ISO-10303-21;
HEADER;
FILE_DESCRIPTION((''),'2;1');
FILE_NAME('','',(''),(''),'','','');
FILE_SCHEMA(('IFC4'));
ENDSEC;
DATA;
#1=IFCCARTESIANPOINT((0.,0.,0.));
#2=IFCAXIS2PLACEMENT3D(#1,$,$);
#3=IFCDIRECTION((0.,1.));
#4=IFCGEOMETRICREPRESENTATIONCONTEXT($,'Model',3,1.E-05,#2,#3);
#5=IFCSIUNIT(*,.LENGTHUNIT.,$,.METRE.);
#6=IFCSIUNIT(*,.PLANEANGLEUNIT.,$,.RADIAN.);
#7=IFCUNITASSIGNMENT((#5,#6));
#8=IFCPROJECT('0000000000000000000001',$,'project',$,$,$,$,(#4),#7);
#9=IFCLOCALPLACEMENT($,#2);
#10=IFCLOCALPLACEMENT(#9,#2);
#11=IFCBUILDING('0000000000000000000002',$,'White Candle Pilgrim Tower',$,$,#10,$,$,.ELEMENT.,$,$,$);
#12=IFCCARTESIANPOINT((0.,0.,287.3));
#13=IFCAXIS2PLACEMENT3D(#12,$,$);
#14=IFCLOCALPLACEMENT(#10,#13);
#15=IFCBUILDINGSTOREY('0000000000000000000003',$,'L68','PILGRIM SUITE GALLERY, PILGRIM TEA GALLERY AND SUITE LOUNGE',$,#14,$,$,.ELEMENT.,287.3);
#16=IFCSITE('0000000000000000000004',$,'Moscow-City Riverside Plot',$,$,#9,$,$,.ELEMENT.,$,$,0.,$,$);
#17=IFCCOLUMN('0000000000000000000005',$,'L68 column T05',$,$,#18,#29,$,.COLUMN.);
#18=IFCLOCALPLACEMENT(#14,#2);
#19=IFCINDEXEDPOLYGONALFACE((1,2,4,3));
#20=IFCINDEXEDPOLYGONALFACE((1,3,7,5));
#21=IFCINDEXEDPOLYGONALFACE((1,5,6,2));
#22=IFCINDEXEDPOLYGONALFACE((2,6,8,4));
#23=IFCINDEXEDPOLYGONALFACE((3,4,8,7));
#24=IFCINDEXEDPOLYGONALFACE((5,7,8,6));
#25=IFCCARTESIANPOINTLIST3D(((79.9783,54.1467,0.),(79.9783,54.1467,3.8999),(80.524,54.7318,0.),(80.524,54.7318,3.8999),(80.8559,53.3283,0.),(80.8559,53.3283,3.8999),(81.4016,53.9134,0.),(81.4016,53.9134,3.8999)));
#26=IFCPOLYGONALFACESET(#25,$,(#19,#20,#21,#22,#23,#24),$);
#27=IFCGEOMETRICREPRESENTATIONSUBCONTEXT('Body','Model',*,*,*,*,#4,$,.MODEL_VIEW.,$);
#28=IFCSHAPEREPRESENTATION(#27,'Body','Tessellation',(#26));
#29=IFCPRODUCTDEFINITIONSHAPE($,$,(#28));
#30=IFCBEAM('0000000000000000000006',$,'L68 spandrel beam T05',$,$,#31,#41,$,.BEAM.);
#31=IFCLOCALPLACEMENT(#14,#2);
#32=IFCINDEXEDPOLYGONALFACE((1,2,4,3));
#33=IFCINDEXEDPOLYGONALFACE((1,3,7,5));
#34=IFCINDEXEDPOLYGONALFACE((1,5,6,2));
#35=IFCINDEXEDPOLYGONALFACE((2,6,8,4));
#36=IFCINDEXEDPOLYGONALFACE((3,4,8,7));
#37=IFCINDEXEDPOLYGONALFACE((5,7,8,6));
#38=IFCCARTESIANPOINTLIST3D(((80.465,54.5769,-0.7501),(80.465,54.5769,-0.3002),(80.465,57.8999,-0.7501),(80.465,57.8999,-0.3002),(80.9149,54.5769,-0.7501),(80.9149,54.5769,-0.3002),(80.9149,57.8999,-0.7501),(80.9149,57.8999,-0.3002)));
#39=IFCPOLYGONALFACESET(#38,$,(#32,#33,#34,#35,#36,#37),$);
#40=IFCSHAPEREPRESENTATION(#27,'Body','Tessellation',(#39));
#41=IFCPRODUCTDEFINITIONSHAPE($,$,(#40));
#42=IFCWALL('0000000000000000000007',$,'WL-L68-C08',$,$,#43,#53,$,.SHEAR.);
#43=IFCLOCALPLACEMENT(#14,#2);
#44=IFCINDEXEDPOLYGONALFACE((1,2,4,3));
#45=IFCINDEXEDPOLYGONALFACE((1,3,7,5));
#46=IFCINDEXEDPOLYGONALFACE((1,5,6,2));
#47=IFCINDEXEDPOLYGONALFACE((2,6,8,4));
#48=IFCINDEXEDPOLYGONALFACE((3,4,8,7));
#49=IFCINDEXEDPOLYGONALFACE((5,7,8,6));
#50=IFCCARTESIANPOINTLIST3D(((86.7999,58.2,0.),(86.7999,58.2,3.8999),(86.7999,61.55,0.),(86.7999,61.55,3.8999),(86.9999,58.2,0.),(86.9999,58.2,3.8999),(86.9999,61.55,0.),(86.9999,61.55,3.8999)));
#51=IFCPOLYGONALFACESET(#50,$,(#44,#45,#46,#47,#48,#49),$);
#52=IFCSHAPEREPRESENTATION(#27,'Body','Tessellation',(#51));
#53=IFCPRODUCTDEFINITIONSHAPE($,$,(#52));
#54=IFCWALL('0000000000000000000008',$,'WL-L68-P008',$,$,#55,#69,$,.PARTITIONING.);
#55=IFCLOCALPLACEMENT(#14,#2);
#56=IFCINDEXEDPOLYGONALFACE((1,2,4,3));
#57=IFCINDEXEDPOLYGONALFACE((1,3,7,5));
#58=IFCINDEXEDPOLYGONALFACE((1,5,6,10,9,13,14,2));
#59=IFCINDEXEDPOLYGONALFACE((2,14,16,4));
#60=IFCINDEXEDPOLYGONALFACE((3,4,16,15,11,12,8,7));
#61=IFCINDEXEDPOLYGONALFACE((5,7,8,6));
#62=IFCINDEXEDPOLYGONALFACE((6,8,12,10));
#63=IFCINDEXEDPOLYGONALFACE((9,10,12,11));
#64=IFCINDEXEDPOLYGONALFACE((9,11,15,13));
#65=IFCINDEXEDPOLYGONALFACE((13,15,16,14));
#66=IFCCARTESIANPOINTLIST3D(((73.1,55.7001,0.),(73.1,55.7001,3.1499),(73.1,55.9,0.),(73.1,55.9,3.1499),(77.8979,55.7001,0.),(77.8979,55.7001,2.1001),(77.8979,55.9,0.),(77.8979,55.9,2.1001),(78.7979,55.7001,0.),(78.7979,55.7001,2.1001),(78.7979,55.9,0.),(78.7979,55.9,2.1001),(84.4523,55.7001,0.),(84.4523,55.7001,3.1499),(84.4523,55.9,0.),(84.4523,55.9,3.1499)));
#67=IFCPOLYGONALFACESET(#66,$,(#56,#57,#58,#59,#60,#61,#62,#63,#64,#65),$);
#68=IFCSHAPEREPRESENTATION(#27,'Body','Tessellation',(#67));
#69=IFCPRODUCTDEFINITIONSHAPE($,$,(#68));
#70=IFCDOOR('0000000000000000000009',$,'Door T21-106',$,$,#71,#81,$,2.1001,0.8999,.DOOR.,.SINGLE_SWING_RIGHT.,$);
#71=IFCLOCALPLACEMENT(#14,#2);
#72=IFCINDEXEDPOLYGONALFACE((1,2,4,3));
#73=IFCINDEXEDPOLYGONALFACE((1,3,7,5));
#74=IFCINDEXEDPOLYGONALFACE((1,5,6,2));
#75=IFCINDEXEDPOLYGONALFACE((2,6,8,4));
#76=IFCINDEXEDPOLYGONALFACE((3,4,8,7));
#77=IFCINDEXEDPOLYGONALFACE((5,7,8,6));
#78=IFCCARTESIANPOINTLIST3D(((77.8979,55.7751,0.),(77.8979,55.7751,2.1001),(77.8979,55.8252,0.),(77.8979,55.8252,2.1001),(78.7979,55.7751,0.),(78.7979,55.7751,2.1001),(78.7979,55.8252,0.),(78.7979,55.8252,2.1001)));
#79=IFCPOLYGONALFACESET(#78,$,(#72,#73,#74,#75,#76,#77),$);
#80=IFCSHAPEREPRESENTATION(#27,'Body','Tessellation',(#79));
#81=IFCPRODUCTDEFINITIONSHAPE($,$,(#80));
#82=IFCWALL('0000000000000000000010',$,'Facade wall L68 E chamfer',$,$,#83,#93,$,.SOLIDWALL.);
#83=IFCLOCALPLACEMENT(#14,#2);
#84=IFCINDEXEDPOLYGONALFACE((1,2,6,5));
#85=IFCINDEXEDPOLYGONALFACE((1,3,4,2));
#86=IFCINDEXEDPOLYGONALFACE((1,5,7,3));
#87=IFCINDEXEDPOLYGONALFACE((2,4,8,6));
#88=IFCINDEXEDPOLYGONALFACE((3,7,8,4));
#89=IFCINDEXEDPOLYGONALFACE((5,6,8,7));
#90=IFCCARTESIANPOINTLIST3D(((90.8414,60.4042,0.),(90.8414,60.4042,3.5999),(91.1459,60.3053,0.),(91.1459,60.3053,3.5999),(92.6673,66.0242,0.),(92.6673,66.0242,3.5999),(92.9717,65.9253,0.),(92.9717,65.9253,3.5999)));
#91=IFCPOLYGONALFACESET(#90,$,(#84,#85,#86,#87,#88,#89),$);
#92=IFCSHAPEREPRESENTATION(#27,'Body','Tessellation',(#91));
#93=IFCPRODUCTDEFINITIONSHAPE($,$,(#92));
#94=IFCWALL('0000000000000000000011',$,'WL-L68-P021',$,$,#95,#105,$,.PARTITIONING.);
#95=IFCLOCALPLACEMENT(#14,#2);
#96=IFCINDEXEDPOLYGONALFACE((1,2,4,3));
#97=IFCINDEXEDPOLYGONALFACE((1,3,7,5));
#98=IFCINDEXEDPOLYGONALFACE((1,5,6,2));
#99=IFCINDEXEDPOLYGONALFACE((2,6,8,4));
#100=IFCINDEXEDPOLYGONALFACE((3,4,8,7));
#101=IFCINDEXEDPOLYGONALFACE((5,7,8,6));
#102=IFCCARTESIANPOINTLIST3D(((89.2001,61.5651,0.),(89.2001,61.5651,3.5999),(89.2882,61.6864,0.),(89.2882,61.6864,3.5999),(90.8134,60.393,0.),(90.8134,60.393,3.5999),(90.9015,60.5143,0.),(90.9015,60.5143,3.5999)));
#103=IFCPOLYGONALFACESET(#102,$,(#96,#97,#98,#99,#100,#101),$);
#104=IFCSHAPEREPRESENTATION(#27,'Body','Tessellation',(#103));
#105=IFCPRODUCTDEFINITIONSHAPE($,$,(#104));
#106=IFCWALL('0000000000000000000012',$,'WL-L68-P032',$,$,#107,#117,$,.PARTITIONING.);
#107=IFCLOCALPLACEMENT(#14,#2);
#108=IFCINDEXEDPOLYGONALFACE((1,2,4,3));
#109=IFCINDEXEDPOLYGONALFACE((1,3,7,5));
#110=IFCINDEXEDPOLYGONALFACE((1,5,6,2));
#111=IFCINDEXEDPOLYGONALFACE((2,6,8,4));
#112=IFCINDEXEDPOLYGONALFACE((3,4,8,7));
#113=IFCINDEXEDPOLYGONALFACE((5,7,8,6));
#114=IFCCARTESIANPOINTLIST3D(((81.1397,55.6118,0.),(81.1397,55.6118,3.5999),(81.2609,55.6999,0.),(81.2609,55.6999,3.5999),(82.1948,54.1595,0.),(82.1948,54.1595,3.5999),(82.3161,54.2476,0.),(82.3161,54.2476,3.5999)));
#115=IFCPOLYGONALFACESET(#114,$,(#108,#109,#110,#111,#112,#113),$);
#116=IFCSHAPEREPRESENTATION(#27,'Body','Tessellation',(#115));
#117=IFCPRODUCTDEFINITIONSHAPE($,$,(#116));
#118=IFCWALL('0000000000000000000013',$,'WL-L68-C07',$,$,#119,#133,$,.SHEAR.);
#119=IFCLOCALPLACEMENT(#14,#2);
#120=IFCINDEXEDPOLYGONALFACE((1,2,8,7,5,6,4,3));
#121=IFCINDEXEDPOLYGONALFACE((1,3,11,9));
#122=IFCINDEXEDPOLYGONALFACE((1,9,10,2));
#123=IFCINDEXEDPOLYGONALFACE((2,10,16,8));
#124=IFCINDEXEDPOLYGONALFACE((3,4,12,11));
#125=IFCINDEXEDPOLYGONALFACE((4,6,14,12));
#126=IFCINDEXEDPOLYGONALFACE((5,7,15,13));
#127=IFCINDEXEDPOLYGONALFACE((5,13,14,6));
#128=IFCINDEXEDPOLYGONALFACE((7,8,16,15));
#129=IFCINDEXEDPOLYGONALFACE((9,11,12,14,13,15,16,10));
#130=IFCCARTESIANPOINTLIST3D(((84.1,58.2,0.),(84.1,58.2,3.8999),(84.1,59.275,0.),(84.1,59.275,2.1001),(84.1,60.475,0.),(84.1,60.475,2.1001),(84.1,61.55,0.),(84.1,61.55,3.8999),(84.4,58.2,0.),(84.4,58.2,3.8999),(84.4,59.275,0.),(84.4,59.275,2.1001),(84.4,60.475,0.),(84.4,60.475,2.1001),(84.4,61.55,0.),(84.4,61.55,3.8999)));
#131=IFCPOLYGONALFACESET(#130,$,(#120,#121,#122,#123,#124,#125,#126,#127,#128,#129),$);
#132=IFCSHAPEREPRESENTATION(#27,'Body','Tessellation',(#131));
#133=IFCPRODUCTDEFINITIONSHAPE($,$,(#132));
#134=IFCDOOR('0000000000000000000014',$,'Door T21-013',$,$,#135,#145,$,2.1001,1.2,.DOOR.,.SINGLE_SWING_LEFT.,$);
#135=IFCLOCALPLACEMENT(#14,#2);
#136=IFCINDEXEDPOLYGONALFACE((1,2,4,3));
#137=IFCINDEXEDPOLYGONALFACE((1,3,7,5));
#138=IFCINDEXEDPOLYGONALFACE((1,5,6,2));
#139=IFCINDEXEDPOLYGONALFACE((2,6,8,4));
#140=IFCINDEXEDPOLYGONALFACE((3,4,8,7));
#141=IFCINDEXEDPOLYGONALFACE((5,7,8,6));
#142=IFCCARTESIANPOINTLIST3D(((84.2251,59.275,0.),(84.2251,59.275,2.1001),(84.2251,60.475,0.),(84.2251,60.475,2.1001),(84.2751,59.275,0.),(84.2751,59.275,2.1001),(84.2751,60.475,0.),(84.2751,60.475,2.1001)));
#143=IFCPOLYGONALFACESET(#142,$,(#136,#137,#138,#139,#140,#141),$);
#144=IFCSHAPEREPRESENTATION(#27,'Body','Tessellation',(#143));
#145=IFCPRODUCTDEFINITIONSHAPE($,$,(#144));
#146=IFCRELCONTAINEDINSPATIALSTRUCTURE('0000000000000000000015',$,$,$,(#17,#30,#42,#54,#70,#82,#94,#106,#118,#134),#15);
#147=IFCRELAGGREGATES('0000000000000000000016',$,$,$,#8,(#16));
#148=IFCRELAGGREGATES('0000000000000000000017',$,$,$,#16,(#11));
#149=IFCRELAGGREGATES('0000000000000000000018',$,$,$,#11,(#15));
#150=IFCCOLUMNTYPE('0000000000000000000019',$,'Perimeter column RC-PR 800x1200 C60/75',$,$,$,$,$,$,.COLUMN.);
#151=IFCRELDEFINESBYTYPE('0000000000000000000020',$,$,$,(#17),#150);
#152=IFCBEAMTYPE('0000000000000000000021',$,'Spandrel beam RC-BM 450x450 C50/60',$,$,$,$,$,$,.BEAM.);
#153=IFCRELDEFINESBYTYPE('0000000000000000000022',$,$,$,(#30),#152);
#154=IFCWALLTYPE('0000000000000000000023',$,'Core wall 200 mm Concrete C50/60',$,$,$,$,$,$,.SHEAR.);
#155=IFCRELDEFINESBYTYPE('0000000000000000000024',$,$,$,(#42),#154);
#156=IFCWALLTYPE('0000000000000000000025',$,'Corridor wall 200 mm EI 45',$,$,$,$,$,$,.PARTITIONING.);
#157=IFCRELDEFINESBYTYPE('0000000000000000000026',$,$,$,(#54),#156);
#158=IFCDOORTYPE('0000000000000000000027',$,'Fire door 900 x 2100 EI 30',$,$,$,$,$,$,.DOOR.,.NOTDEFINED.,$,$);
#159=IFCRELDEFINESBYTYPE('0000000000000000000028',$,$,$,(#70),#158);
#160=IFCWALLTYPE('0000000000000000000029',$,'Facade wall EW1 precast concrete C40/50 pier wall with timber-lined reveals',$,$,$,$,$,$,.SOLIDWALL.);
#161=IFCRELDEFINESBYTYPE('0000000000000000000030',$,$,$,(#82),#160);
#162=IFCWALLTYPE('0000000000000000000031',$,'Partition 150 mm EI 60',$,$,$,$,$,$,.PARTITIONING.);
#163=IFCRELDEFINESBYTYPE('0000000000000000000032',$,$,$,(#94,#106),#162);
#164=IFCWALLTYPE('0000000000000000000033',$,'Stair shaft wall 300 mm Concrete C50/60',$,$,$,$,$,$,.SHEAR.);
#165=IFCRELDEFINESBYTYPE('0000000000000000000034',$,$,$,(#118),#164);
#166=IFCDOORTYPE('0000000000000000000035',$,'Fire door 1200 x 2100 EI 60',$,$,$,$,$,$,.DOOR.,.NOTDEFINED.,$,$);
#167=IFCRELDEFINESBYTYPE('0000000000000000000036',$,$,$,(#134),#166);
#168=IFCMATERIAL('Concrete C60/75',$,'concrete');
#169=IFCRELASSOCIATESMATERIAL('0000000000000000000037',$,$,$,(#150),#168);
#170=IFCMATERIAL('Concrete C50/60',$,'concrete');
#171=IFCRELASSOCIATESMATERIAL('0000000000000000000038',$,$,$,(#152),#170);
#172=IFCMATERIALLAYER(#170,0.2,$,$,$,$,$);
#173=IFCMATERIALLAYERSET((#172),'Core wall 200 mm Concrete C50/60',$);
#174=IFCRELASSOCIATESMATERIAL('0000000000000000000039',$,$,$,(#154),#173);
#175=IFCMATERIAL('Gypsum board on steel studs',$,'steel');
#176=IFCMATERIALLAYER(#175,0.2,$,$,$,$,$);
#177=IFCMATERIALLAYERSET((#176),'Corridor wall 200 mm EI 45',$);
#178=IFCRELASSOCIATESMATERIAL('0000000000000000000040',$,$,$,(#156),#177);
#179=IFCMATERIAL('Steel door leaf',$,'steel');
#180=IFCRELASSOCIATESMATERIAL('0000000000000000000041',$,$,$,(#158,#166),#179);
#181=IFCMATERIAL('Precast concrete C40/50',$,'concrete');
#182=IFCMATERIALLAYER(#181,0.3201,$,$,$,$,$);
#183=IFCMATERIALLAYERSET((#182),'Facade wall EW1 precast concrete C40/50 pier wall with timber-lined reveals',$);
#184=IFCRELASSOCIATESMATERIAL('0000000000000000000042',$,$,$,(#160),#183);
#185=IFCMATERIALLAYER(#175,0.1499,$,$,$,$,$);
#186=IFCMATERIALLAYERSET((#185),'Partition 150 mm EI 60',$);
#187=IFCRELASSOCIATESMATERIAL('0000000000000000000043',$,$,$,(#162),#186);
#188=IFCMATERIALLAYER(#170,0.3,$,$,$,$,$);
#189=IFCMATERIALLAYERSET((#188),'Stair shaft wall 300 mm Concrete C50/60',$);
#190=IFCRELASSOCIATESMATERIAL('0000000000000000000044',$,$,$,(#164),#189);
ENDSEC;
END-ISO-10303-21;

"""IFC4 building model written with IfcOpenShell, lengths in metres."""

from ifc_helpers import new_model, si_unit, direction, frame, frame_2d, origin, origin_2d, place, context, subcontext, project, spatial, rectangle, extrude, material, layer, layer_set, material_profile, profile_set, type_object, element, fill, save


model = new_model("IFC4")

# Units and contexts
model_context = context("Model", 3, precision=1e-05, world=origin(), true_north=direction((0.0, 1.0)))
body_context = subcontext(model_context, "Body", "Model", "MODEL_VIEW")
ifc_project = project(units=[si_unit("LENGTHUNIT", "METRE"), si_unit("PLANEANGLEUNIT", "RADIAN")], contexts=[model_context])

# Site, building, storey
site_placement = place(None, origin())
site = spatial("IfcSite", under=ifc_project, at=site_placement, Name="Moscow-City Riverside Plot", CompositionType="ELEMENT", RefElevation=0.0)
building_placement = place(site_placement, origin())
building = spatial("IfcBuilding", under=site, at=building_placement, Name="White Candle Pilgrim Tower", CompositionType="ELEMENT")
storey_placement = place(building_placement, frame((0.0, 0.0, 287.3)))
storey = spatial("IfcBuildingStorey", under=building, at=storey_placement, Name="L68", Description="PILGRIM SUITE GALLERY, PILGRIM TEA GALLERY AND SUITE LOUNGE", CompositionType="ELEMENT", Elevation=287.3)

# Column
ifc_material_1 = material(Name="Concrete C60/75", Category="concrete")
ifc_material_profile_1 = material_profile(ifc_material_1, rectangle(XDim=0.8, YDim=1.2, at=origin_2d()), Name="RC-PR 800x1200")
ifc_profile_set_1 = profile_set([ifc_material_profile_1], Name="Concrete C60/75")
column_type = type_object("IfcColumnType", Name="Perimeter column RC-PR 800x1200 C60/75", PredefinedType="COLUMN", material=ifc_profile_set_1)
column_placement = place(storey_placement, frame((80.6899, 54.03, 0.0), z_axis=(0.0, 0.0, 1.0), x_axis=(-0.681998, -0.731354, 0.0)))
element("IfcColumn", 1, at=column_placement, inside=storey, type_object=column_type, Name="L68 column T05", PredefinedType="COLUMN", context=body_context, shape_type="SweptSolid", body=[
    extrude(rectangle(XDim=0.8, YDim=1.2, at=origin_2d()), origin(), (0.0, 0.0, 1.0), 3.8999),
])

# Beam
ifc_material_2 = material(Name="Concrete C50/60", Category="concrete")
ifc_material_profile_2 = material_profile(ifc_material_2, rectangle(XDim=0.45, YDim=0.45, at=origin_2d()), Name="RC-BM 450x450")
ifc_profile_set_2 = profile_set([ifc_material_profile_2], Name="Concrete C50/60")
beam_type = type_object("IfcBeamType", Name="Spandrel beam RC-BM 450x450 C50/60", PredefinedType="BEAM", material=ifc_profile_set_2)
beam_placement = place(storey_placement, frame((80.6899, 54.5769, -0.5251), z_axis=(0.0, 1.0, 0.0), x_axis=(-1.0, 0.0, 0.0)))
element("IfcBeam", 2, at=beam_placement, inside=storey, type_object=beam_type, Name="L68 spandrel beam T05", PredefinedType="BEAM", context=body_context, shape_type="SweptSolid", body=[
    extrude(rectangle(XDim=0.45, YDim=0.45, at=origin_2d()), origin(), (0.0, 0.0, 1.0), 3.323),
])

# Wall
ifc_layer_1 = layer(ifc_material_2, 0.2)
ifc_layer_set_1 = layer_set([ifc_layer_1], Name="Core wall 200 mm Concrete C50/60")
wall_type_1 = type_object("IfcWallType", Name="Core wall 200 mm Concrete C50/60", PredefinedType="SHEAR", material=ifc_layer_set_1)
wall_1_placement = place(storey_placement, frame((86.8999, 58.2, 0.0), z_axis=(0.0, 0.0, 1.0), x_axis=(0.0, 1.0, 0.0)))
element("IfcWall", 3, at=wall_1_placement, inside=storey, type_object=wall_type_1, Name="WL-L68-C08", PredefinedType="SHEAR", context=body_context, shape_type="SweptSolid", body=[
    extrude(rectangle(XDim=3.3501, YDim=0.2, at=frame_2d((1.675, 0.0))), origin(), (0.0, 0.0, 1.0), 3.8999),
])

# Wall, opening, door
ifc_material_3 = material(Name="Gypsum board on steel studs", Category="steel")
ifc_layer_2 = layer(ifc_material_3, 0.2)
ifc_layer_set_2 = layer_set([ifc_layer_2], Name="Corridor wall 200 mm EI 45")
wall_type_2 = type_object("IfcWallType", Name="Corridor wall 200 mm EI 45", PredefinedType="PARTITIONING", material=ifc_layer_set_2)
wall_2_placement = place(storey_placement, frame((84.4524, 55.8, 0.0), z_axis=(0.0, 0.0, 1.0), x_axis=(-1.0, 0.0, 0.0)))
wall_2 = element("IfcWall", 4, at=wall_2_placement, inside=storey, type_object=wall_type_2, Name="WL-L68-P008", PredefinedType="PARTITIONING", context=body_context, shape_type="SweptSolid", body=[
    extrude(rectangle(XDim=11.3523, YDim=0.2, at=frame_2d((5.6763, 0.0))), origin(), (0.0, 0.0, 1.0), 3.1499),
])
opening_1_placement = place(wall_2_placement, frame((5.6545, 0.0, 0.0)))
opening_1 = element("IfcOpeningElement", 5, at=opening_1_placement, cuts=wall_2, PredefinedType="OPENING", context=body_context, shape_type="SweptSolid", body=[
    extrude(rectangle(XDim=0.8999, YDim=2.1001, at=frame_2d((0.45, 1.05))), frame((0.0, 0.1099, 0.0), z_axis=(0.0, -1.0, 0.0), x_axis=(1.0, 0.0, 0.0)), (0.0, 0.0, 1.0), 0.22),
])
ifc_material_4 = material(Name="Steel door leaf", Category="steel")
door_type_1 = type_object("IfcDoorType", Name="Fire door 900 x 2100 EI 30", OperationType="NOTDEFINED", PredefinedType="DOOR", material=ifc_material_4)
door_1_placement = place(opening_1_placement, origin())
door_1 = element("IfcDoor", 6, at=door_1_placement, inside=storey, type_object=door_type_1, Name="Door T21-106", OperationType="SINGLE_SWING_RIGHT", OverallHeight=2.1001, OverallWidth=0.8999, PredefinedType="DOOR", context=body_context, shape_type="SweptSolid", body=[
    extrude(rectangle(XDim=0.8999, YDim=2.1001, at=frame_2d((0.45, 1.05))), frame((0.0, 0.0249, 0.0), z_axis=(0.0, -1.0, 0.0), x_axis=(1.0, 0.0, 0.0)), (0.0, 0.0, 1.0), 0.05),
])
fill(opening_1, door_1)

# Walls
ifc_material_5 = material(Name="Precast concrete C40/50", Category="concrete")
ifc_layer_3 = layer(ifc_material_5, 0.3201)
ifc_layer_set_3 = layer_set([ifc_layer_3], Name="Facade wall EW1 precast concrete C40/50 pier wall with timber-lined reveals")
wall_type_3 = type_object("IfcWallType", Name="Facade wall EW1 precast concrete C40/50 pier wall with timber-lined reveals", PredefinedType="SOLIDWALL", material=ifc_layer_set_3)
wall_3_placement = place(storey_placement, frame((90.9937, 60.3547, 0.0), z_axis=(0.0, 0.0, 1.0), x_axis=(0.308993, 0.951064, 0.0)))
element("IfcWall", 7, at=wall_3_placement, inside=storey, type_object=wall_type_3, Name="Facade wall L68 E chamfer", PredefinedType="SOLIDWALL", context=body_context, shape_type="SweptSolid", body=[
    extrude(rectangle(XDim=5.9092, YDim=0.3201, at=frame_2d((2.9546, 0.0))), origin(), (0.0, 0.0, 1.0), 3.5999),
])
ifc_layer_4 = layer(ifc_material_3, 0.1499)
ifc_layer_set_4 = layer_set([ifc_layer_4], Name="Partition 150 mm EI 60")
wall_type_4 = type_object("IfcWallType", Name="Partition 150 mm EI 60", PredefinedType="PARTITIONING", material=ifc_layer_set_4)
wall_4_placement = place(storey_placement, frame((90.8574, 60.4536, 0.0), z_axis=(0.0, 0.0, 1.0), x_axis=(-0.809017, 0.587786, 0.0)))
element("IfcWall", 8, at=wall_4_placement, inside=storey, type_object=wall_type_4, Name="WL-L68-P021", PredefinedType="PARTITIONING", context=body_context, shape_type="SweptSolid", body=[
    extrude(rectangle(XDim=1.9941, YDim=0.1499, at=frame_2d((0.9971, 0.0))), origin(), (0.0, 0.0, 1.0), 3.5999),
])
wall_5_placement = place(storey_placement, frame((82.2554, 54.2036, 0.0), z_axis=(0.0, 0.0, 1.0), x_axis=(-0.587767, 0.80903, 0.0)))
element("IfcWall", 9, at=wall_5_placement, inside=storey, type_object=wall_type_4, Name="WL-L68-P032", PredefinedType="PARTITIONING", context=body_context, shape_type="SweptSolid", body=[
    extrude(rectangle(XDim=1.7952, YDim=0.1499, at=frame_2d((0.8975, 0.0))), origin(), (0.0, 0.0, 1.0), 3.5999),
])

# Wall, opening, door
ifc_layer_5 = layer(ifc_material_2, 0.3)
ifc_layer_set_5 = layer_set([ifc_layer_5], Name="Stair shaft wall 300 mm Concrete C50/60")
wall_type_5 = type_object("IfcWallType", Name="Stair shaft wall 300 mm Concrete C50/60", PredefinedType="SHEAR", material=ifc_layer_set_5)
wall_6_placement = place(storey_placement, frame((84.25, 58.2, 0.0), z_axis=(0.0, 0.0, 1.0), x_axis=(0.0, 1.0, 0.0)))
wall_6 = element("IfcWall", 10, at=wall_6_placement, inside=storey, type_object=wall_type_5, Name="WL-L68-C07", PredefinedType="SHEAR", context=body_context, shape_type="SweptSolid", body=[
    extrude(rectangle(XDim=3.3501, YDim=0.3, at=frame_2d((1.675, 0.0))), origin(), (0.0, 0.0, 1.0), 3.8999),
])
opening_2_placement = place(wall_6_placement, frame((1.075, 0.0, 0.0)))
opening_2 = element("IfcOpeningElement", 11, at=opening_2_placement, cuts=wall_6, PredefinedType="OPENING", context=body_context, shape_type="SweptSolid", body=[
    extrude(rectangle(XDim=1.2, YDim=2.1001, at=frame_2d((0.6001, 1.05))), frame((0.0, 0.1599, 0.0), z_axis=(0.0, -1.0, 0.0), x_axis=(1.0, 0.0, 0.0)), (0.0, 0.0, 1.0), 0.3201),
])
door_type_2 = type_object("IfcDoorType", Name="Fire door 1200 x 2100 EI 60", OperationType="NOTDEFINED", PredefinedType="DOOR", material=ifc_material_4)
door_2_placement = place(opening_2_placement, origin())
door_2 = element("IfcDoor", 12, at=door_2_placement, inside=storey, type_object=door_type_2, Name="Door T21-013", OperationType="SINGLE_SWING_LEFT", OverallHeight=2.1001, OverallWidth=1.2, PredefinedType="DOOR", context=body_context, shape_type="SweptSolid", body=[
    extrude(rectangle(XDim=1.2, YDim=2.1001, at=frame_2d((0.6001, 1.05))), frame((0.0, 0.0249, 0.0), z_axis=(0.0, -1.0, 0.0), x_axis=(1.0, 0.0, 0.0)), (0.0, 0.0, 1.0), 0.05),
])
fill(opening_2, door_2)

save(model, "model.ifc")
